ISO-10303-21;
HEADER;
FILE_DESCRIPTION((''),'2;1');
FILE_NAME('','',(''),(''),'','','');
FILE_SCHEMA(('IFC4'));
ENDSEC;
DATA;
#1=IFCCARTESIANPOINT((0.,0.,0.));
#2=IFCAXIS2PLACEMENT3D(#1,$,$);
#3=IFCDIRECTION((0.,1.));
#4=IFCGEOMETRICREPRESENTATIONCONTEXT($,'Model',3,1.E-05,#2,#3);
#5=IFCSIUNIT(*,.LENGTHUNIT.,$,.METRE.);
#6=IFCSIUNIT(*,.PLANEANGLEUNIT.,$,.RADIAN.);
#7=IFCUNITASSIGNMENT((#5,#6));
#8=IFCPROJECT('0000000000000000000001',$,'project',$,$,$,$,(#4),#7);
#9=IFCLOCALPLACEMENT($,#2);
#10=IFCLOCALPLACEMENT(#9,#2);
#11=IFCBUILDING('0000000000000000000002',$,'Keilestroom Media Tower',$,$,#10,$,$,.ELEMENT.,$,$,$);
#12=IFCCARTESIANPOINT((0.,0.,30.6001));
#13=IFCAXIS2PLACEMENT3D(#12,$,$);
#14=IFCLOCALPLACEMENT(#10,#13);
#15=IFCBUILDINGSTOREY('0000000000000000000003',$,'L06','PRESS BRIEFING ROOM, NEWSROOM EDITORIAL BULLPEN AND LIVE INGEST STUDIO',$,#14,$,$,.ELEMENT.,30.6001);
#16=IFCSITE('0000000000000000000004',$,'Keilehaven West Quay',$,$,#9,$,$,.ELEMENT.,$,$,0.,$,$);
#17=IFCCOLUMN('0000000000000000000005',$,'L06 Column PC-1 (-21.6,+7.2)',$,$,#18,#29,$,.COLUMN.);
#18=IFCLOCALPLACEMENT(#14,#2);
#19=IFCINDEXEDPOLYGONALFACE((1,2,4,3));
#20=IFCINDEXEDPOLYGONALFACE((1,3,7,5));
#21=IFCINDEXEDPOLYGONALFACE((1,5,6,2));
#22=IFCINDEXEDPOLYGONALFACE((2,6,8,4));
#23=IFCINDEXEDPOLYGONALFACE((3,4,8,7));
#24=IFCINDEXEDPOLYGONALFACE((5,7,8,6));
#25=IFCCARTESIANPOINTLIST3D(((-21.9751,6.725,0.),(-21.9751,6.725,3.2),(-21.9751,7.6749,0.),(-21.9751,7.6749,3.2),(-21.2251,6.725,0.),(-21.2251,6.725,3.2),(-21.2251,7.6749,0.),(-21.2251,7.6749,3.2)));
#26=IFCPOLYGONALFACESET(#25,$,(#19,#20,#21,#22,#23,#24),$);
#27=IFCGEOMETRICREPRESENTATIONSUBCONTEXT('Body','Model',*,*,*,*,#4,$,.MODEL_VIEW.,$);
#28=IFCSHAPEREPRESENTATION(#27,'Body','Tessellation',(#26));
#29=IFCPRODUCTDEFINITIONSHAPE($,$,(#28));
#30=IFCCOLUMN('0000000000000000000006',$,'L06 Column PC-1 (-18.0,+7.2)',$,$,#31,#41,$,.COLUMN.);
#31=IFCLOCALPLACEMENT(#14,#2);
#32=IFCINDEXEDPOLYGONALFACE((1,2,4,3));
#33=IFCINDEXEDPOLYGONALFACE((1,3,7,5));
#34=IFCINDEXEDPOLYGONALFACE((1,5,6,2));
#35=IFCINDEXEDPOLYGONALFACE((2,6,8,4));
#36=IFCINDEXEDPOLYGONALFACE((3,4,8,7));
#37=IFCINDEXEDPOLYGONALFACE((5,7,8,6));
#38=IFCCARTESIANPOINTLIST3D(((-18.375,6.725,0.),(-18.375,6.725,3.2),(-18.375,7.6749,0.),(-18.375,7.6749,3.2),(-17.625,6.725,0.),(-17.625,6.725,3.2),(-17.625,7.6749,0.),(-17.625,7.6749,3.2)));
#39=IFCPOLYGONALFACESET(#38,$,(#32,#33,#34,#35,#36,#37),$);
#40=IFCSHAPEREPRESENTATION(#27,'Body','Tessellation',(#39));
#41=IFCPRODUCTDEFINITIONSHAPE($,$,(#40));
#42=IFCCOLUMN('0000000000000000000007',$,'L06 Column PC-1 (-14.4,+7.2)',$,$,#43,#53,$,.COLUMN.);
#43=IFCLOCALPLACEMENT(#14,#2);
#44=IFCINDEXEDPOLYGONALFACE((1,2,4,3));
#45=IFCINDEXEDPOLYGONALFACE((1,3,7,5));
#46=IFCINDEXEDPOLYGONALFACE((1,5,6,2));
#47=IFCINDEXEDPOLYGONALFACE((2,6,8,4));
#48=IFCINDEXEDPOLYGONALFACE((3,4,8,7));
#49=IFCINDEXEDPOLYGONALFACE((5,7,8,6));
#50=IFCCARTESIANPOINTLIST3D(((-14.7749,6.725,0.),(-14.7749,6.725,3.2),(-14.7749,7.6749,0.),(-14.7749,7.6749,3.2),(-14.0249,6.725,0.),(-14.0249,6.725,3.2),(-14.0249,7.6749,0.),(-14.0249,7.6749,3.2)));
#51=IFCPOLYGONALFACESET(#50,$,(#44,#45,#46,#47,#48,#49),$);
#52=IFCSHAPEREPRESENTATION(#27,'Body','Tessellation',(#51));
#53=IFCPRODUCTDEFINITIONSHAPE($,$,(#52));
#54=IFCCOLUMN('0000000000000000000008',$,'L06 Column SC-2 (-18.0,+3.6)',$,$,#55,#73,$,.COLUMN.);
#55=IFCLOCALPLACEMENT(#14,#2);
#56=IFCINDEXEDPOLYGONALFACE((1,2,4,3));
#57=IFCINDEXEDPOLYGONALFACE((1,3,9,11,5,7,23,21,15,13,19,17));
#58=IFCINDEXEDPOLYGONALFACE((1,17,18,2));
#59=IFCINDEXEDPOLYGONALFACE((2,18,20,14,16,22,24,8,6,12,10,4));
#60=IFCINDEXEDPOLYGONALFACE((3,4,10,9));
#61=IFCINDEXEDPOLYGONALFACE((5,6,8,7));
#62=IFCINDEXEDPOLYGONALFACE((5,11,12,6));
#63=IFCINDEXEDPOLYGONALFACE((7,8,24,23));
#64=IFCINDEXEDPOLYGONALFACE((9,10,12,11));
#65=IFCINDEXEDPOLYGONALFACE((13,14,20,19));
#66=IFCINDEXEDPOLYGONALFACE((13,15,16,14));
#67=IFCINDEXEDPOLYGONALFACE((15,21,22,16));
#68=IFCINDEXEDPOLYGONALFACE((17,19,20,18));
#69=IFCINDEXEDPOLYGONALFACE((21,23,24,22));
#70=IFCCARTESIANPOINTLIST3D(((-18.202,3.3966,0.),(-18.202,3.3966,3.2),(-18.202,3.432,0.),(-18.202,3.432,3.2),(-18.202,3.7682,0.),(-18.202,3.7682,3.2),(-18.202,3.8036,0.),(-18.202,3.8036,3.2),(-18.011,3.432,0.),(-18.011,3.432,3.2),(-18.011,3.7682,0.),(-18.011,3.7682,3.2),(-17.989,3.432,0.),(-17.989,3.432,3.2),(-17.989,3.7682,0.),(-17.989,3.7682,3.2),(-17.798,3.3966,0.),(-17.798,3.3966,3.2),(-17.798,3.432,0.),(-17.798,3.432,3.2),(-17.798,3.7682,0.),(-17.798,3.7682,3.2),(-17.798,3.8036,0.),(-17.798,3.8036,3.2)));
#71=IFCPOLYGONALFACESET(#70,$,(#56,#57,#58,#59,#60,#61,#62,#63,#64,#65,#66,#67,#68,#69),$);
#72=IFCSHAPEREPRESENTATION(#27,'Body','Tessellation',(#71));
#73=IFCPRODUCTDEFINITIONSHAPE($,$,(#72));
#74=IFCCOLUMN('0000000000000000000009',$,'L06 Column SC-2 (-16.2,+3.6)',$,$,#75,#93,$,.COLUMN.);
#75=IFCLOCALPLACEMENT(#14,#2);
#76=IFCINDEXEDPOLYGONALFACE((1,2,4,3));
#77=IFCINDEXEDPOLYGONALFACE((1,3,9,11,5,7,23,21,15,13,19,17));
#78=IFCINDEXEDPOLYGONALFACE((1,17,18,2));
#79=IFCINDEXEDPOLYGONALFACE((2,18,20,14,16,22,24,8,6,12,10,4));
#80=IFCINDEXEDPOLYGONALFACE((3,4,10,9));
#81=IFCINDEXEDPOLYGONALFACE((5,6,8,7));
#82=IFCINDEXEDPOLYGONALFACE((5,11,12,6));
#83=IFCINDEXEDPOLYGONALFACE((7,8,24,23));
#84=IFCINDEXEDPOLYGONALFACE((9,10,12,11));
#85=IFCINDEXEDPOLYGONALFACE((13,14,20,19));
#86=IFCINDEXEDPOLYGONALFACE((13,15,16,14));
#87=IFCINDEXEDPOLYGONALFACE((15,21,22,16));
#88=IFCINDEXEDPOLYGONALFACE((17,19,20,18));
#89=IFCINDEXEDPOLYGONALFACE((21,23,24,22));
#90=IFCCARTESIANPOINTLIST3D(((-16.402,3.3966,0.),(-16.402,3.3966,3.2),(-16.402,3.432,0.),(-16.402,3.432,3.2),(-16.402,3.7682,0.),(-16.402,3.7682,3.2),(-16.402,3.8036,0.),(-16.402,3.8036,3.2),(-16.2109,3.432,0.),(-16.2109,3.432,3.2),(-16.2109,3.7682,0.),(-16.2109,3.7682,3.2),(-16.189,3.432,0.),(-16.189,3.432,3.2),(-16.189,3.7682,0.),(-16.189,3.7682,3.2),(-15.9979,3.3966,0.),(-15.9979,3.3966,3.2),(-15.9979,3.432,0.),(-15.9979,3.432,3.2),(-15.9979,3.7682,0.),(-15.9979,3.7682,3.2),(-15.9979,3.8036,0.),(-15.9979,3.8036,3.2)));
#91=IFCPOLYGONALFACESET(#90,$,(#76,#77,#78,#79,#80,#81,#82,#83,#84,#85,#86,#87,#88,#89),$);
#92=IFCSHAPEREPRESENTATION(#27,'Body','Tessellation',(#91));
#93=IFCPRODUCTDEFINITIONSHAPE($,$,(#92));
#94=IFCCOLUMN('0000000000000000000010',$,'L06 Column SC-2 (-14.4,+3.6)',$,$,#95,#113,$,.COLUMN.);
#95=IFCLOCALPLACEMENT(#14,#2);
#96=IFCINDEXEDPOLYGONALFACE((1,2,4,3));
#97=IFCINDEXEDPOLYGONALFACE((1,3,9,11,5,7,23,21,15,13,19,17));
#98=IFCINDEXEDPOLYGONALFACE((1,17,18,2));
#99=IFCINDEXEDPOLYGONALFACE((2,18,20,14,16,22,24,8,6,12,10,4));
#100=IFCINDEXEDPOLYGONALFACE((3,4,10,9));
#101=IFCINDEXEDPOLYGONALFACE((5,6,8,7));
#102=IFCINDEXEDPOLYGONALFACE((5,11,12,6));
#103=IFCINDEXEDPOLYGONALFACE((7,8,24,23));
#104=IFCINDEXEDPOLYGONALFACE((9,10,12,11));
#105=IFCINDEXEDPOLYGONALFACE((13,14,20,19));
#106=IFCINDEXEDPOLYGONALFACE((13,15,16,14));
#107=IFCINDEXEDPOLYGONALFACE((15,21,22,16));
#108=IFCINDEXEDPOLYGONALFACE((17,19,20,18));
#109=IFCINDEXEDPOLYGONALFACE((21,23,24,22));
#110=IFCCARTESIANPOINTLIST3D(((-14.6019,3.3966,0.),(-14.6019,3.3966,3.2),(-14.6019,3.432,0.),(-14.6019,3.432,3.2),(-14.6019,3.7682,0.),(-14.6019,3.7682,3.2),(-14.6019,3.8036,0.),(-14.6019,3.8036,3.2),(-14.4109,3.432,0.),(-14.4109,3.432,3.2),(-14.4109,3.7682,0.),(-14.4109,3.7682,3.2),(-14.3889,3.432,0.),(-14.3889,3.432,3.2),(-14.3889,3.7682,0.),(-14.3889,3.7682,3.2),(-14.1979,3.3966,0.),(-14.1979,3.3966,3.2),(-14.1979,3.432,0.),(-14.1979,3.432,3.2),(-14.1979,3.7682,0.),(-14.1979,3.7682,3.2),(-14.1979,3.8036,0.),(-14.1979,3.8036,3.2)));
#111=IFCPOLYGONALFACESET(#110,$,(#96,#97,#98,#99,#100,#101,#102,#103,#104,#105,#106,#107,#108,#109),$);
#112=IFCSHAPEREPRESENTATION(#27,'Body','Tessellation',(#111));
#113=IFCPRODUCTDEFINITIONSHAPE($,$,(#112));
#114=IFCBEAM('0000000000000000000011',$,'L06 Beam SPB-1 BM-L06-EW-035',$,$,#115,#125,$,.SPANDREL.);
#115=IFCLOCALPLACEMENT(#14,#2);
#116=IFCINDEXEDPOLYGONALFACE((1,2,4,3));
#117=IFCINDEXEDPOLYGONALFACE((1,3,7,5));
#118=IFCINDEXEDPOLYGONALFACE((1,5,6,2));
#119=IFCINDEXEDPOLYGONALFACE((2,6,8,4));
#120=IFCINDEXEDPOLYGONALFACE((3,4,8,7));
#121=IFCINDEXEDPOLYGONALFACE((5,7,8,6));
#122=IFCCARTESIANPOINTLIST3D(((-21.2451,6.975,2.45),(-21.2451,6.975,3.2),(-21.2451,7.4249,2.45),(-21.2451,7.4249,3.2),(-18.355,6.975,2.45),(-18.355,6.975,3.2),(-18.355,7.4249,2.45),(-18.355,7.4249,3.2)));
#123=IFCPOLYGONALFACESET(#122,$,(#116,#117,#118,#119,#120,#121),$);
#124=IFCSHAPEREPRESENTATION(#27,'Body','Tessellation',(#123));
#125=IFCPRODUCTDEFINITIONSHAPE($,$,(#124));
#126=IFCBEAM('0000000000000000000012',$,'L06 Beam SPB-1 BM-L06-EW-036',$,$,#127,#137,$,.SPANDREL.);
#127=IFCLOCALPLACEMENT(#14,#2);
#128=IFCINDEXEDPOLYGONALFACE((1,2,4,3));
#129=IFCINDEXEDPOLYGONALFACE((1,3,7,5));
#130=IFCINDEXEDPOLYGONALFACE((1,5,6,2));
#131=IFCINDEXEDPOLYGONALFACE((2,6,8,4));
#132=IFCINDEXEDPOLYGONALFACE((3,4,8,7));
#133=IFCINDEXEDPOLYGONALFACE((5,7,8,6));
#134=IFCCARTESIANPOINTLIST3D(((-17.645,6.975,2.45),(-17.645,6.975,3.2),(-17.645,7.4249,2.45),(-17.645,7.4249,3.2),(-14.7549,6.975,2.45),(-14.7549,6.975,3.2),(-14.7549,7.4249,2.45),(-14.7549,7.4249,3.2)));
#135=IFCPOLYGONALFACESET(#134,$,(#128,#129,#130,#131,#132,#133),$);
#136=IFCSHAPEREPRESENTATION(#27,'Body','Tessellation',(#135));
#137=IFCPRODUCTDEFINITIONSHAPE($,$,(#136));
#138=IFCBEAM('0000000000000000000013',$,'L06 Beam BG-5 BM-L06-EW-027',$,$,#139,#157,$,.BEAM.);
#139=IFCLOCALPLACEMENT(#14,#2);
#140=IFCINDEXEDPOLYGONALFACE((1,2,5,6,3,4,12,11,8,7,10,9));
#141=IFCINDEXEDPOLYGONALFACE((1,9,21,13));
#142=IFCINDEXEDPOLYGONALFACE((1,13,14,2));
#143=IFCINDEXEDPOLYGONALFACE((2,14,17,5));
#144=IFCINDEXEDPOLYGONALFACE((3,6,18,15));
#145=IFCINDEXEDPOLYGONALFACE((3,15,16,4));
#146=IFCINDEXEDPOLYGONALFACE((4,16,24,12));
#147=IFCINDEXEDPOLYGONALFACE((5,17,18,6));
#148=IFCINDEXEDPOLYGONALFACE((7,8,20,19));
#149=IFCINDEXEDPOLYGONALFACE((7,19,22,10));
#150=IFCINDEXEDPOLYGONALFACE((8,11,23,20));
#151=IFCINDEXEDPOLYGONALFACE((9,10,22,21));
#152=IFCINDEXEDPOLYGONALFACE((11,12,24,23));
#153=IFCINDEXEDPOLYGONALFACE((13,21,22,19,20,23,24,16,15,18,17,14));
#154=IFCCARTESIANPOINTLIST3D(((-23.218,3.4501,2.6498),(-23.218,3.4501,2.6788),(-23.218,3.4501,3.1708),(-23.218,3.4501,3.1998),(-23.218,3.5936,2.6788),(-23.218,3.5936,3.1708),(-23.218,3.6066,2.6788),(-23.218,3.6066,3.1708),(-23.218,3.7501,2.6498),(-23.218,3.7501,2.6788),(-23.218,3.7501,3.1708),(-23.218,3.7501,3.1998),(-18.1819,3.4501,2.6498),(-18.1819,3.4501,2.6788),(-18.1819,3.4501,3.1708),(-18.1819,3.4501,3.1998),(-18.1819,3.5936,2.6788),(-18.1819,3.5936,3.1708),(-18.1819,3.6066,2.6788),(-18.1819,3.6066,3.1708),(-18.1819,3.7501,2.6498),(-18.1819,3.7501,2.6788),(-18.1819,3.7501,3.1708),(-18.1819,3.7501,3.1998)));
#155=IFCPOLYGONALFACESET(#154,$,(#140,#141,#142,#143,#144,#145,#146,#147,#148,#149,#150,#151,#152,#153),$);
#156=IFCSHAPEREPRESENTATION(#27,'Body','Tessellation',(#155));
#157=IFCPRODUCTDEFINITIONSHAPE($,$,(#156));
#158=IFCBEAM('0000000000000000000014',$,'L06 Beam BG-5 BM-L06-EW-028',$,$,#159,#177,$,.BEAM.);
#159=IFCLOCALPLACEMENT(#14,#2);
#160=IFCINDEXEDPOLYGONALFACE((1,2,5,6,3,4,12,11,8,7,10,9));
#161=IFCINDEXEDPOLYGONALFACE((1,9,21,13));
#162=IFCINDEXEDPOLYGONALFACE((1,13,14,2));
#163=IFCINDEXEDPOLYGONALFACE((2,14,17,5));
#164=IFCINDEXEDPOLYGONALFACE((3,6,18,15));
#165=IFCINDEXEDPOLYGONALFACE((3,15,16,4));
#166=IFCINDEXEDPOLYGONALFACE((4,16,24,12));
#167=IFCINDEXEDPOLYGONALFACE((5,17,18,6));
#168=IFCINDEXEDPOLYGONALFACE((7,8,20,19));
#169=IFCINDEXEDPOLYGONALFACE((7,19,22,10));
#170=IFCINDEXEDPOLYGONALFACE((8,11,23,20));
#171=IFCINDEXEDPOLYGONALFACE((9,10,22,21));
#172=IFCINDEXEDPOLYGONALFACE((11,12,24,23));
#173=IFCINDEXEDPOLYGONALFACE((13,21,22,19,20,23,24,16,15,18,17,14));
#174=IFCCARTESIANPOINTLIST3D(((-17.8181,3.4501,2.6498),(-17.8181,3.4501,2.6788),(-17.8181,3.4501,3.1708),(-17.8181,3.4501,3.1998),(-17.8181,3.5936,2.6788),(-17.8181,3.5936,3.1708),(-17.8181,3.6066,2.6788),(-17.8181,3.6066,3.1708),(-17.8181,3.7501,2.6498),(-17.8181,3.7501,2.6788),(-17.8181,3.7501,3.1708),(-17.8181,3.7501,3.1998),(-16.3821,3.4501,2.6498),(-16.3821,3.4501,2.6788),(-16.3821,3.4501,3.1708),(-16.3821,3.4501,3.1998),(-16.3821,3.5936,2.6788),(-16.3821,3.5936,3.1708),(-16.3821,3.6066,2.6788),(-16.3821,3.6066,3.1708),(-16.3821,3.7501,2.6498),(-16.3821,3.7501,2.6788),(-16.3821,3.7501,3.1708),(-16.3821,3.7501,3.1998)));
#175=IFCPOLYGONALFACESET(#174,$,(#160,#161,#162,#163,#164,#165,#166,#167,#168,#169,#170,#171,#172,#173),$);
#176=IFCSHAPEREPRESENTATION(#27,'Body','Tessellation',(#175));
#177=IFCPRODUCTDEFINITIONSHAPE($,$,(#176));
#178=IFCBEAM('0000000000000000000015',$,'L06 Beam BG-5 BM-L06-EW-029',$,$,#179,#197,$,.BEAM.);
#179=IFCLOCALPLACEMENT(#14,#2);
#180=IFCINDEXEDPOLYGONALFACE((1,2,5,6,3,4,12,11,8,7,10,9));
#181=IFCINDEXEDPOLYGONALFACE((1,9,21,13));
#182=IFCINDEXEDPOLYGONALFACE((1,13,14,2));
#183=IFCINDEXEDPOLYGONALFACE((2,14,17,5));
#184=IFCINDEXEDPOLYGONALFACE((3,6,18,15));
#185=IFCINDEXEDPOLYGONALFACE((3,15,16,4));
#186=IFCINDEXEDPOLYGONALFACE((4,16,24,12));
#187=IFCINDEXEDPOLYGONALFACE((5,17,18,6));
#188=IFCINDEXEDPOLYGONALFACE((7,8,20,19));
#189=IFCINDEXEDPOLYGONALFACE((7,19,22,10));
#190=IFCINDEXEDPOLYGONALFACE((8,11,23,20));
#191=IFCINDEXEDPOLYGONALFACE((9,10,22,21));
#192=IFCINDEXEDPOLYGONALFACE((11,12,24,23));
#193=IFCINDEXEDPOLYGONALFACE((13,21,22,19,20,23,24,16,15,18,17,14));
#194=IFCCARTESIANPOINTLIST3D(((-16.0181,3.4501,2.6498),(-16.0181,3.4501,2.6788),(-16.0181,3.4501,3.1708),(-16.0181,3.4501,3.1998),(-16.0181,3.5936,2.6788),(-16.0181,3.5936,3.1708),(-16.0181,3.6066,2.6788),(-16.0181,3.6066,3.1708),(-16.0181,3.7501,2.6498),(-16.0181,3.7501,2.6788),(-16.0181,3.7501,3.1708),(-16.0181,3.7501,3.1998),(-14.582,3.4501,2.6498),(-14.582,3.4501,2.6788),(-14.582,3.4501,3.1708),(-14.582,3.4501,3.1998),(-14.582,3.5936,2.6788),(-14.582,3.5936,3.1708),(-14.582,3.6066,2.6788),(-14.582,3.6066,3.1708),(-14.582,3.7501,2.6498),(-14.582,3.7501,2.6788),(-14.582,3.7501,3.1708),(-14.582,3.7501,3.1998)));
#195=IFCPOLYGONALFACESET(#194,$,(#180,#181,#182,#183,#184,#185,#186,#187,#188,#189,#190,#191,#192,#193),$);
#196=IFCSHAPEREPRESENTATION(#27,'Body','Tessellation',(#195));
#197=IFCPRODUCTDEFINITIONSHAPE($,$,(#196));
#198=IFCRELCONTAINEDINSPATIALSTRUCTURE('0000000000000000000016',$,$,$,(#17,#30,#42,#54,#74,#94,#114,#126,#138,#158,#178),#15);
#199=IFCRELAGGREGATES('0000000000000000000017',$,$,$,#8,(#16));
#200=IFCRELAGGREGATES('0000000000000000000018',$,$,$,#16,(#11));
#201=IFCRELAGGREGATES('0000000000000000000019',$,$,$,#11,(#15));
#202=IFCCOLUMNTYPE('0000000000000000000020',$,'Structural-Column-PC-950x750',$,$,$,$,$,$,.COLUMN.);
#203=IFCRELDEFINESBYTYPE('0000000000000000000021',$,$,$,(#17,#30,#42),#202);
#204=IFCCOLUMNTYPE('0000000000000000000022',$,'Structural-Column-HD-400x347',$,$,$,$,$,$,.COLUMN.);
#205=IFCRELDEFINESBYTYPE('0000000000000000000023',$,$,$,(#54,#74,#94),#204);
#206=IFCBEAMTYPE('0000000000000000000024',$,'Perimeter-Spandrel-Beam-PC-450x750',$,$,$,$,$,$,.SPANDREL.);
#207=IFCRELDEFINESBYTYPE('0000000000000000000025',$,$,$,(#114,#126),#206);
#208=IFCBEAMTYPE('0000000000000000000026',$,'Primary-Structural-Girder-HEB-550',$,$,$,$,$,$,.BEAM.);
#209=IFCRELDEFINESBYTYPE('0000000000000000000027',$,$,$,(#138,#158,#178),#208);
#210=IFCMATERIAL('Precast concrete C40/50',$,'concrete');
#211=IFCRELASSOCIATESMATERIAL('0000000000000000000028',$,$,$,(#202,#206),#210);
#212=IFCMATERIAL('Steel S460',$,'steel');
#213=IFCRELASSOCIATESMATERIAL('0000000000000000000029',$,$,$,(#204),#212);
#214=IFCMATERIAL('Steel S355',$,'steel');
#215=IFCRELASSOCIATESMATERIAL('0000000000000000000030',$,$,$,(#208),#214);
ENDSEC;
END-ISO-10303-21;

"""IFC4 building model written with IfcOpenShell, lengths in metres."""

from ifc_helpers import new_model, si_unit, direction, frame, origin, origin_2d, place, context, subcontext, project, spatial, rectangle, i_section, extrude, source, transform, mapped, material, material_profile, profile_set, type_object, element, save


model = new_model("IFC4")

# Units and contexts
model_context = context("Model", 3, precision=1e-05, world=origin(), true_north=direction((0.0, 1.0)))
body_context = subcontext(model_context, "Body", "Model", "MODEL_VIEW")
ifc_project = project(units=[si_unit("LENGTHUNIT", "METRE"), si_unit("PLANEANGLEUNIT", "RADIAN")], contexts=[model_context])

# Site, building, storey
site_placement = place(None, origin())
site = spatial("IfcSite", under=ifc_project, at=site_placement, Name="Keilehaven West Quay", CompositionType="ELEMENT", RefElevation=0.0)
building_placement = place(site_placement, origin())
building = spatial("IfcBuilding", under=site, at=building_placement, Name="Keilestroom Media Tower", CompositionType="ELEMENT")
storey_placement = place(building_placement, frame((0.0, 0.0, 30.6001)))
storey = spatial("IfcBuildingStorey", under=building, at=storey_placement, Name="L06", Description="PRESS BRIEFING ROOM, NEWSROOM EDITORIAL BULLPEN AND LIVE INGEST STUDIO", CompositionType="ELEMENT", Elevation=30.6001)

# Columns
ifc_material_1 = material(Name="Precast concrete C40/50", Category="concrete")
ifc_material_profile_1 = material_profile(ifc_material_1, rectangle(XDim=0.75, YDim=0.95, at=origin_2d()), Name="PC 950x750")
ifc_profile_set_1 = profile_set([ifc_material_profile_1], Name="Precast concrete C40/50")
column_type_1 = type_object("IfcColumnType", Name="Structural-Column-PC-950x750", PredefinedType="COLUMN", material=ifc_profile_set_1)
shared_shape_1 = source(origin(), body_context, "Body", "SweptSolid", [
    extrude(rectangle(XDim=0.75, YDim=0.95, at=origin_2d()), origin(), (0.0, 0.0, 1.0), 3.2),
])
for number, where, z_axis, x_axis, name in (
    (1, (-21.6001, 7.2, 0.0), (0.0, 0.0, 1.0), (1.0, 0.0, 0.0), "L06 Column PC-1 (-21.6,+7.2)"),
    (2, (-18.0, 7.2, 0.0), (0.0, 0.0, 1.0), (1.0, 0.0, 0.0), "L06 Column PC-1 (-18.0,+7.2)"),
    (3, (-14.3999, 7.2, 0.0), (0.0, 0.0, 1.0), (1.0, 0.0, 0.0), "L06 Column PC-1 (-14.4,+7.2)"),
):
    element("IfcColumn", number, at=place(storey_placement, frame(where, z_axis=z_axis, x_axis=x_axis)), inside=storey, type_object=column_type_1, Name=name, PredefinedType="COLUMN", context=body_context, shape_type="MappedRepresentation", body=[
        mapped(shared_shape_1, transform((0.0, 0.0, 0.0), x_axis=(1.0, 0.0, 0.0), y_axis=(0.0, 1.0, 0.0), z_axis=(0.0, 0.0, 1.0), scale=1.0)),
    ])
ifc_material_2 = material(Name="Steel S460", Category="steel")
ifc_material_profile_2 = material_profile(ifc_material_2, i_section(OverallWidth=0.4041, OverallDepth=0.407, WebThickness=0.022, FlangeThickness=0.0354, at=origin_2d()), Name="HD 400x347")
ifc_profile_set_2 = profile_set([ifc_material_profile_2], Name="Steel S460")
column_type_2 = type_object("IfcColumnType", Name="Structural-Column-HD-400x347", PredefinedType="COLUMN", material=ifc_profile_set_2)
shared_shape_2 = source(origin(), body_context, "Body", "SweptSolid", [
    extrude(i_section(OverallWidth=0.4041, OverallDepth=0.407, WebThickness=0.022, FlangeThickness=0.0354, at=origin_2d()), origin(), (0.0, 0.0, 1.0), 3.2),
])
for number, where, z_axis, x_axis, name in (
    (4, (-18.0, 3.6001, 0.0), (0.0, 0.0, 1.0), (1.0, 0.0, 0.0), "L06 Column SC-2 (-18.0,+3.6)"),
    (5, (-16.2, 3.6001, 0.0), (0.0, 0.0, 1.0), (1.0, 0.0, 0.0), "L06 Column SC-2 (-16.2,+3.6)"),
    (6, (-14.3999, 3.6001, 0.0), (0.0, 0.0, 1.0), (1.0, 0.0, 0.0), "L06 Column SC-2 (-14.4,+3.6)"),
):
    element("IfcColumn", number, at=place(storey_placement, frame(where, z_axis=z_axis, x_axis=x_axis)), inside=storey, type_object=column_type_2, Name=name, PredefinedType="COLUMN", context=body_context, shape_type="MappedRepresentation", body=[
        mapped(shared_shape_2, transform((0.0, 0.0, 0.0), x_axis=(1.0, 0.0, 0.0), y_axis=(0.0, 1.0, 0.0), z_axis=(0.0, 0.0, 1.0), scale=1.0)),
    ])

# Beams
ifc_material_profile_3 = material_profile(ifc_material_1, rectangle(XDim=0.45, YDim=0.75, at=origin_2d()), Name="PC 450x750")
ifc_profile_set_3 = profile_set([ifc_material_profile_3], Name="Precast concrete C40/50")
beam_type_1 = type_object("IfcBeamType", Name="Perimeter-Spandrel-Beam-PC-450x750", PredefinedType="SPANDREL", material=ifc_profile_set_3)
shared_shape_3 = source(origin(), body_context, "Body", "SweptSolid", [
    extrude(rectangle(XDim=0.45, YDim=0.75, at=origin_2d()), origin(), (0.0, 0.0, 1.0), 2.8901),
])
for number, where, z_axis, x_axis, name in (
    (7, (-21.2451, 7.2, 2.825), (1.0, 0.0, 0.0), (0.0, 1.0, 0.0), "L06 Beam SPB-1 BM-L06-EW-035"),
    (8, (-17.645, 7.2, 2.825), (1.0, 0.0, 0.0), (0.0, 1.0, 0.0), "L06 Beam SPB-1 BM-L06-EW-036"),
):
    element("IfcBeam", number, at=place(storey_placement, frame(where, z_axis=z_axis, x_axis=x_axis)), inside=storey, type_object=beam_type_1, Name=name, PredefinedType="SPANDREL", context=body_context, shape_type="MappedRepresentation", body=[
        mapped(shared_shape_3, transform((0.0, 0.0, 0.0), x_axis=(1.0, 0.0, 0.0), y_axis=(0.0, 1.0, 0.0), z_axis=(0.0, 0.0, 1.0), scale=1.0)),
    ])
ifc_material_3 = material(Name="Steel S355", Category="steel")
ifc_material_profile_4 = material_profile(ifc_material_3, i_section(OverallWidth=0.3, OverallDepth=0.55, WebThickness=0.0129, FlangeThickness=0.0291, at=origin_2d()), Name="HEB 550")
ifc_profile_set_4 = profile_set([ifc_material_profile_4], Name="Steel S355")
beam_type_2 = type_object("IfcBeamType", Name="Primary-Structural-Girder-HEB-550", PredefinedType="BEAM", material=ifc_profile_set_4)
shared_shape_4 = source(origin(), body_context, "Body", "SweptSolid", [
    extrude(i_section(OverallWidth=0.3, OverallDepth=0.55, WebThickness=0.0129, FlangeThickness=0.0291, at=origin_2d()), origin(), (0.0, 0.0, 1.0), 5.0361),
])
beam_1_placement = place(storey_placement, frame((-23.218, 3.6001, 2.9248), z_axis=(1.0, 0.0, 0.0), x_axis=(0.0, 1.0, 0.0)))
element("IfcBeam", 9, at=beam_1_placement, inside=storey, type_object=beam_type_2, Name="L06 Beam BG-5 BM-L06-EW-027", PredefinedType="BEAM", context=body_context, shape_type="MappedRepresentation", body=[
    mapped(shared_shape_4, transform((0.0, 0.0, 0.0), x_axis=(1.0, 0.0, 0.0), y_axis=(0.0, 1.0, 0.0), z_axis=(0.0, 0.0, 1.0), scale=1.0)),
])
shared_shape_5 = source(origin(), body_context, "Body", "SweptSolid", [
    extrude(i_section(OverallWidth=0.3, OverallDepth=0.55, WebThickness=0.0129, FlangeThickness=0.0291, at=origin_2d()), origin(), (0.0, 0.0, 1.0), 1.436),
])
for number, where, z_axis, x_axis, name in (
    (10, (-17.8181, 3.6001, 2.9248), (1.0, 0.0, 0.0), (0.0, 1.0, 0.0), "L06 Beam BG-5 BM-L06-EW-028"),
    (11, (-16.0181, 3.6001, 2.9248), (1.0, 0.0, 0.0), (0.0, 1.0, 0.0), "L06 Beam BG-5 BM-L06-EW-029"),
):
    element("IfcBeam", number, at=place(storey_placement, frame(where, z_axis=z_axis, x_axis=x_axis)), inside=storey, type_object=beam_type_2, Name=name, PredefinedType="BEAM", context=body_context, shape_type="MappedRepresentation", body=[
        mapped(shared_shape_5, transform((0.0, 0.0, 0.0), x_axis=(1.0, 0.0, 0.0), y_axis=(0.0, 1.0, 0.0), z_axis=(0.0, 0.0, 1.0), scale=1.0)),
    ])

save(model, "model.ifc")
